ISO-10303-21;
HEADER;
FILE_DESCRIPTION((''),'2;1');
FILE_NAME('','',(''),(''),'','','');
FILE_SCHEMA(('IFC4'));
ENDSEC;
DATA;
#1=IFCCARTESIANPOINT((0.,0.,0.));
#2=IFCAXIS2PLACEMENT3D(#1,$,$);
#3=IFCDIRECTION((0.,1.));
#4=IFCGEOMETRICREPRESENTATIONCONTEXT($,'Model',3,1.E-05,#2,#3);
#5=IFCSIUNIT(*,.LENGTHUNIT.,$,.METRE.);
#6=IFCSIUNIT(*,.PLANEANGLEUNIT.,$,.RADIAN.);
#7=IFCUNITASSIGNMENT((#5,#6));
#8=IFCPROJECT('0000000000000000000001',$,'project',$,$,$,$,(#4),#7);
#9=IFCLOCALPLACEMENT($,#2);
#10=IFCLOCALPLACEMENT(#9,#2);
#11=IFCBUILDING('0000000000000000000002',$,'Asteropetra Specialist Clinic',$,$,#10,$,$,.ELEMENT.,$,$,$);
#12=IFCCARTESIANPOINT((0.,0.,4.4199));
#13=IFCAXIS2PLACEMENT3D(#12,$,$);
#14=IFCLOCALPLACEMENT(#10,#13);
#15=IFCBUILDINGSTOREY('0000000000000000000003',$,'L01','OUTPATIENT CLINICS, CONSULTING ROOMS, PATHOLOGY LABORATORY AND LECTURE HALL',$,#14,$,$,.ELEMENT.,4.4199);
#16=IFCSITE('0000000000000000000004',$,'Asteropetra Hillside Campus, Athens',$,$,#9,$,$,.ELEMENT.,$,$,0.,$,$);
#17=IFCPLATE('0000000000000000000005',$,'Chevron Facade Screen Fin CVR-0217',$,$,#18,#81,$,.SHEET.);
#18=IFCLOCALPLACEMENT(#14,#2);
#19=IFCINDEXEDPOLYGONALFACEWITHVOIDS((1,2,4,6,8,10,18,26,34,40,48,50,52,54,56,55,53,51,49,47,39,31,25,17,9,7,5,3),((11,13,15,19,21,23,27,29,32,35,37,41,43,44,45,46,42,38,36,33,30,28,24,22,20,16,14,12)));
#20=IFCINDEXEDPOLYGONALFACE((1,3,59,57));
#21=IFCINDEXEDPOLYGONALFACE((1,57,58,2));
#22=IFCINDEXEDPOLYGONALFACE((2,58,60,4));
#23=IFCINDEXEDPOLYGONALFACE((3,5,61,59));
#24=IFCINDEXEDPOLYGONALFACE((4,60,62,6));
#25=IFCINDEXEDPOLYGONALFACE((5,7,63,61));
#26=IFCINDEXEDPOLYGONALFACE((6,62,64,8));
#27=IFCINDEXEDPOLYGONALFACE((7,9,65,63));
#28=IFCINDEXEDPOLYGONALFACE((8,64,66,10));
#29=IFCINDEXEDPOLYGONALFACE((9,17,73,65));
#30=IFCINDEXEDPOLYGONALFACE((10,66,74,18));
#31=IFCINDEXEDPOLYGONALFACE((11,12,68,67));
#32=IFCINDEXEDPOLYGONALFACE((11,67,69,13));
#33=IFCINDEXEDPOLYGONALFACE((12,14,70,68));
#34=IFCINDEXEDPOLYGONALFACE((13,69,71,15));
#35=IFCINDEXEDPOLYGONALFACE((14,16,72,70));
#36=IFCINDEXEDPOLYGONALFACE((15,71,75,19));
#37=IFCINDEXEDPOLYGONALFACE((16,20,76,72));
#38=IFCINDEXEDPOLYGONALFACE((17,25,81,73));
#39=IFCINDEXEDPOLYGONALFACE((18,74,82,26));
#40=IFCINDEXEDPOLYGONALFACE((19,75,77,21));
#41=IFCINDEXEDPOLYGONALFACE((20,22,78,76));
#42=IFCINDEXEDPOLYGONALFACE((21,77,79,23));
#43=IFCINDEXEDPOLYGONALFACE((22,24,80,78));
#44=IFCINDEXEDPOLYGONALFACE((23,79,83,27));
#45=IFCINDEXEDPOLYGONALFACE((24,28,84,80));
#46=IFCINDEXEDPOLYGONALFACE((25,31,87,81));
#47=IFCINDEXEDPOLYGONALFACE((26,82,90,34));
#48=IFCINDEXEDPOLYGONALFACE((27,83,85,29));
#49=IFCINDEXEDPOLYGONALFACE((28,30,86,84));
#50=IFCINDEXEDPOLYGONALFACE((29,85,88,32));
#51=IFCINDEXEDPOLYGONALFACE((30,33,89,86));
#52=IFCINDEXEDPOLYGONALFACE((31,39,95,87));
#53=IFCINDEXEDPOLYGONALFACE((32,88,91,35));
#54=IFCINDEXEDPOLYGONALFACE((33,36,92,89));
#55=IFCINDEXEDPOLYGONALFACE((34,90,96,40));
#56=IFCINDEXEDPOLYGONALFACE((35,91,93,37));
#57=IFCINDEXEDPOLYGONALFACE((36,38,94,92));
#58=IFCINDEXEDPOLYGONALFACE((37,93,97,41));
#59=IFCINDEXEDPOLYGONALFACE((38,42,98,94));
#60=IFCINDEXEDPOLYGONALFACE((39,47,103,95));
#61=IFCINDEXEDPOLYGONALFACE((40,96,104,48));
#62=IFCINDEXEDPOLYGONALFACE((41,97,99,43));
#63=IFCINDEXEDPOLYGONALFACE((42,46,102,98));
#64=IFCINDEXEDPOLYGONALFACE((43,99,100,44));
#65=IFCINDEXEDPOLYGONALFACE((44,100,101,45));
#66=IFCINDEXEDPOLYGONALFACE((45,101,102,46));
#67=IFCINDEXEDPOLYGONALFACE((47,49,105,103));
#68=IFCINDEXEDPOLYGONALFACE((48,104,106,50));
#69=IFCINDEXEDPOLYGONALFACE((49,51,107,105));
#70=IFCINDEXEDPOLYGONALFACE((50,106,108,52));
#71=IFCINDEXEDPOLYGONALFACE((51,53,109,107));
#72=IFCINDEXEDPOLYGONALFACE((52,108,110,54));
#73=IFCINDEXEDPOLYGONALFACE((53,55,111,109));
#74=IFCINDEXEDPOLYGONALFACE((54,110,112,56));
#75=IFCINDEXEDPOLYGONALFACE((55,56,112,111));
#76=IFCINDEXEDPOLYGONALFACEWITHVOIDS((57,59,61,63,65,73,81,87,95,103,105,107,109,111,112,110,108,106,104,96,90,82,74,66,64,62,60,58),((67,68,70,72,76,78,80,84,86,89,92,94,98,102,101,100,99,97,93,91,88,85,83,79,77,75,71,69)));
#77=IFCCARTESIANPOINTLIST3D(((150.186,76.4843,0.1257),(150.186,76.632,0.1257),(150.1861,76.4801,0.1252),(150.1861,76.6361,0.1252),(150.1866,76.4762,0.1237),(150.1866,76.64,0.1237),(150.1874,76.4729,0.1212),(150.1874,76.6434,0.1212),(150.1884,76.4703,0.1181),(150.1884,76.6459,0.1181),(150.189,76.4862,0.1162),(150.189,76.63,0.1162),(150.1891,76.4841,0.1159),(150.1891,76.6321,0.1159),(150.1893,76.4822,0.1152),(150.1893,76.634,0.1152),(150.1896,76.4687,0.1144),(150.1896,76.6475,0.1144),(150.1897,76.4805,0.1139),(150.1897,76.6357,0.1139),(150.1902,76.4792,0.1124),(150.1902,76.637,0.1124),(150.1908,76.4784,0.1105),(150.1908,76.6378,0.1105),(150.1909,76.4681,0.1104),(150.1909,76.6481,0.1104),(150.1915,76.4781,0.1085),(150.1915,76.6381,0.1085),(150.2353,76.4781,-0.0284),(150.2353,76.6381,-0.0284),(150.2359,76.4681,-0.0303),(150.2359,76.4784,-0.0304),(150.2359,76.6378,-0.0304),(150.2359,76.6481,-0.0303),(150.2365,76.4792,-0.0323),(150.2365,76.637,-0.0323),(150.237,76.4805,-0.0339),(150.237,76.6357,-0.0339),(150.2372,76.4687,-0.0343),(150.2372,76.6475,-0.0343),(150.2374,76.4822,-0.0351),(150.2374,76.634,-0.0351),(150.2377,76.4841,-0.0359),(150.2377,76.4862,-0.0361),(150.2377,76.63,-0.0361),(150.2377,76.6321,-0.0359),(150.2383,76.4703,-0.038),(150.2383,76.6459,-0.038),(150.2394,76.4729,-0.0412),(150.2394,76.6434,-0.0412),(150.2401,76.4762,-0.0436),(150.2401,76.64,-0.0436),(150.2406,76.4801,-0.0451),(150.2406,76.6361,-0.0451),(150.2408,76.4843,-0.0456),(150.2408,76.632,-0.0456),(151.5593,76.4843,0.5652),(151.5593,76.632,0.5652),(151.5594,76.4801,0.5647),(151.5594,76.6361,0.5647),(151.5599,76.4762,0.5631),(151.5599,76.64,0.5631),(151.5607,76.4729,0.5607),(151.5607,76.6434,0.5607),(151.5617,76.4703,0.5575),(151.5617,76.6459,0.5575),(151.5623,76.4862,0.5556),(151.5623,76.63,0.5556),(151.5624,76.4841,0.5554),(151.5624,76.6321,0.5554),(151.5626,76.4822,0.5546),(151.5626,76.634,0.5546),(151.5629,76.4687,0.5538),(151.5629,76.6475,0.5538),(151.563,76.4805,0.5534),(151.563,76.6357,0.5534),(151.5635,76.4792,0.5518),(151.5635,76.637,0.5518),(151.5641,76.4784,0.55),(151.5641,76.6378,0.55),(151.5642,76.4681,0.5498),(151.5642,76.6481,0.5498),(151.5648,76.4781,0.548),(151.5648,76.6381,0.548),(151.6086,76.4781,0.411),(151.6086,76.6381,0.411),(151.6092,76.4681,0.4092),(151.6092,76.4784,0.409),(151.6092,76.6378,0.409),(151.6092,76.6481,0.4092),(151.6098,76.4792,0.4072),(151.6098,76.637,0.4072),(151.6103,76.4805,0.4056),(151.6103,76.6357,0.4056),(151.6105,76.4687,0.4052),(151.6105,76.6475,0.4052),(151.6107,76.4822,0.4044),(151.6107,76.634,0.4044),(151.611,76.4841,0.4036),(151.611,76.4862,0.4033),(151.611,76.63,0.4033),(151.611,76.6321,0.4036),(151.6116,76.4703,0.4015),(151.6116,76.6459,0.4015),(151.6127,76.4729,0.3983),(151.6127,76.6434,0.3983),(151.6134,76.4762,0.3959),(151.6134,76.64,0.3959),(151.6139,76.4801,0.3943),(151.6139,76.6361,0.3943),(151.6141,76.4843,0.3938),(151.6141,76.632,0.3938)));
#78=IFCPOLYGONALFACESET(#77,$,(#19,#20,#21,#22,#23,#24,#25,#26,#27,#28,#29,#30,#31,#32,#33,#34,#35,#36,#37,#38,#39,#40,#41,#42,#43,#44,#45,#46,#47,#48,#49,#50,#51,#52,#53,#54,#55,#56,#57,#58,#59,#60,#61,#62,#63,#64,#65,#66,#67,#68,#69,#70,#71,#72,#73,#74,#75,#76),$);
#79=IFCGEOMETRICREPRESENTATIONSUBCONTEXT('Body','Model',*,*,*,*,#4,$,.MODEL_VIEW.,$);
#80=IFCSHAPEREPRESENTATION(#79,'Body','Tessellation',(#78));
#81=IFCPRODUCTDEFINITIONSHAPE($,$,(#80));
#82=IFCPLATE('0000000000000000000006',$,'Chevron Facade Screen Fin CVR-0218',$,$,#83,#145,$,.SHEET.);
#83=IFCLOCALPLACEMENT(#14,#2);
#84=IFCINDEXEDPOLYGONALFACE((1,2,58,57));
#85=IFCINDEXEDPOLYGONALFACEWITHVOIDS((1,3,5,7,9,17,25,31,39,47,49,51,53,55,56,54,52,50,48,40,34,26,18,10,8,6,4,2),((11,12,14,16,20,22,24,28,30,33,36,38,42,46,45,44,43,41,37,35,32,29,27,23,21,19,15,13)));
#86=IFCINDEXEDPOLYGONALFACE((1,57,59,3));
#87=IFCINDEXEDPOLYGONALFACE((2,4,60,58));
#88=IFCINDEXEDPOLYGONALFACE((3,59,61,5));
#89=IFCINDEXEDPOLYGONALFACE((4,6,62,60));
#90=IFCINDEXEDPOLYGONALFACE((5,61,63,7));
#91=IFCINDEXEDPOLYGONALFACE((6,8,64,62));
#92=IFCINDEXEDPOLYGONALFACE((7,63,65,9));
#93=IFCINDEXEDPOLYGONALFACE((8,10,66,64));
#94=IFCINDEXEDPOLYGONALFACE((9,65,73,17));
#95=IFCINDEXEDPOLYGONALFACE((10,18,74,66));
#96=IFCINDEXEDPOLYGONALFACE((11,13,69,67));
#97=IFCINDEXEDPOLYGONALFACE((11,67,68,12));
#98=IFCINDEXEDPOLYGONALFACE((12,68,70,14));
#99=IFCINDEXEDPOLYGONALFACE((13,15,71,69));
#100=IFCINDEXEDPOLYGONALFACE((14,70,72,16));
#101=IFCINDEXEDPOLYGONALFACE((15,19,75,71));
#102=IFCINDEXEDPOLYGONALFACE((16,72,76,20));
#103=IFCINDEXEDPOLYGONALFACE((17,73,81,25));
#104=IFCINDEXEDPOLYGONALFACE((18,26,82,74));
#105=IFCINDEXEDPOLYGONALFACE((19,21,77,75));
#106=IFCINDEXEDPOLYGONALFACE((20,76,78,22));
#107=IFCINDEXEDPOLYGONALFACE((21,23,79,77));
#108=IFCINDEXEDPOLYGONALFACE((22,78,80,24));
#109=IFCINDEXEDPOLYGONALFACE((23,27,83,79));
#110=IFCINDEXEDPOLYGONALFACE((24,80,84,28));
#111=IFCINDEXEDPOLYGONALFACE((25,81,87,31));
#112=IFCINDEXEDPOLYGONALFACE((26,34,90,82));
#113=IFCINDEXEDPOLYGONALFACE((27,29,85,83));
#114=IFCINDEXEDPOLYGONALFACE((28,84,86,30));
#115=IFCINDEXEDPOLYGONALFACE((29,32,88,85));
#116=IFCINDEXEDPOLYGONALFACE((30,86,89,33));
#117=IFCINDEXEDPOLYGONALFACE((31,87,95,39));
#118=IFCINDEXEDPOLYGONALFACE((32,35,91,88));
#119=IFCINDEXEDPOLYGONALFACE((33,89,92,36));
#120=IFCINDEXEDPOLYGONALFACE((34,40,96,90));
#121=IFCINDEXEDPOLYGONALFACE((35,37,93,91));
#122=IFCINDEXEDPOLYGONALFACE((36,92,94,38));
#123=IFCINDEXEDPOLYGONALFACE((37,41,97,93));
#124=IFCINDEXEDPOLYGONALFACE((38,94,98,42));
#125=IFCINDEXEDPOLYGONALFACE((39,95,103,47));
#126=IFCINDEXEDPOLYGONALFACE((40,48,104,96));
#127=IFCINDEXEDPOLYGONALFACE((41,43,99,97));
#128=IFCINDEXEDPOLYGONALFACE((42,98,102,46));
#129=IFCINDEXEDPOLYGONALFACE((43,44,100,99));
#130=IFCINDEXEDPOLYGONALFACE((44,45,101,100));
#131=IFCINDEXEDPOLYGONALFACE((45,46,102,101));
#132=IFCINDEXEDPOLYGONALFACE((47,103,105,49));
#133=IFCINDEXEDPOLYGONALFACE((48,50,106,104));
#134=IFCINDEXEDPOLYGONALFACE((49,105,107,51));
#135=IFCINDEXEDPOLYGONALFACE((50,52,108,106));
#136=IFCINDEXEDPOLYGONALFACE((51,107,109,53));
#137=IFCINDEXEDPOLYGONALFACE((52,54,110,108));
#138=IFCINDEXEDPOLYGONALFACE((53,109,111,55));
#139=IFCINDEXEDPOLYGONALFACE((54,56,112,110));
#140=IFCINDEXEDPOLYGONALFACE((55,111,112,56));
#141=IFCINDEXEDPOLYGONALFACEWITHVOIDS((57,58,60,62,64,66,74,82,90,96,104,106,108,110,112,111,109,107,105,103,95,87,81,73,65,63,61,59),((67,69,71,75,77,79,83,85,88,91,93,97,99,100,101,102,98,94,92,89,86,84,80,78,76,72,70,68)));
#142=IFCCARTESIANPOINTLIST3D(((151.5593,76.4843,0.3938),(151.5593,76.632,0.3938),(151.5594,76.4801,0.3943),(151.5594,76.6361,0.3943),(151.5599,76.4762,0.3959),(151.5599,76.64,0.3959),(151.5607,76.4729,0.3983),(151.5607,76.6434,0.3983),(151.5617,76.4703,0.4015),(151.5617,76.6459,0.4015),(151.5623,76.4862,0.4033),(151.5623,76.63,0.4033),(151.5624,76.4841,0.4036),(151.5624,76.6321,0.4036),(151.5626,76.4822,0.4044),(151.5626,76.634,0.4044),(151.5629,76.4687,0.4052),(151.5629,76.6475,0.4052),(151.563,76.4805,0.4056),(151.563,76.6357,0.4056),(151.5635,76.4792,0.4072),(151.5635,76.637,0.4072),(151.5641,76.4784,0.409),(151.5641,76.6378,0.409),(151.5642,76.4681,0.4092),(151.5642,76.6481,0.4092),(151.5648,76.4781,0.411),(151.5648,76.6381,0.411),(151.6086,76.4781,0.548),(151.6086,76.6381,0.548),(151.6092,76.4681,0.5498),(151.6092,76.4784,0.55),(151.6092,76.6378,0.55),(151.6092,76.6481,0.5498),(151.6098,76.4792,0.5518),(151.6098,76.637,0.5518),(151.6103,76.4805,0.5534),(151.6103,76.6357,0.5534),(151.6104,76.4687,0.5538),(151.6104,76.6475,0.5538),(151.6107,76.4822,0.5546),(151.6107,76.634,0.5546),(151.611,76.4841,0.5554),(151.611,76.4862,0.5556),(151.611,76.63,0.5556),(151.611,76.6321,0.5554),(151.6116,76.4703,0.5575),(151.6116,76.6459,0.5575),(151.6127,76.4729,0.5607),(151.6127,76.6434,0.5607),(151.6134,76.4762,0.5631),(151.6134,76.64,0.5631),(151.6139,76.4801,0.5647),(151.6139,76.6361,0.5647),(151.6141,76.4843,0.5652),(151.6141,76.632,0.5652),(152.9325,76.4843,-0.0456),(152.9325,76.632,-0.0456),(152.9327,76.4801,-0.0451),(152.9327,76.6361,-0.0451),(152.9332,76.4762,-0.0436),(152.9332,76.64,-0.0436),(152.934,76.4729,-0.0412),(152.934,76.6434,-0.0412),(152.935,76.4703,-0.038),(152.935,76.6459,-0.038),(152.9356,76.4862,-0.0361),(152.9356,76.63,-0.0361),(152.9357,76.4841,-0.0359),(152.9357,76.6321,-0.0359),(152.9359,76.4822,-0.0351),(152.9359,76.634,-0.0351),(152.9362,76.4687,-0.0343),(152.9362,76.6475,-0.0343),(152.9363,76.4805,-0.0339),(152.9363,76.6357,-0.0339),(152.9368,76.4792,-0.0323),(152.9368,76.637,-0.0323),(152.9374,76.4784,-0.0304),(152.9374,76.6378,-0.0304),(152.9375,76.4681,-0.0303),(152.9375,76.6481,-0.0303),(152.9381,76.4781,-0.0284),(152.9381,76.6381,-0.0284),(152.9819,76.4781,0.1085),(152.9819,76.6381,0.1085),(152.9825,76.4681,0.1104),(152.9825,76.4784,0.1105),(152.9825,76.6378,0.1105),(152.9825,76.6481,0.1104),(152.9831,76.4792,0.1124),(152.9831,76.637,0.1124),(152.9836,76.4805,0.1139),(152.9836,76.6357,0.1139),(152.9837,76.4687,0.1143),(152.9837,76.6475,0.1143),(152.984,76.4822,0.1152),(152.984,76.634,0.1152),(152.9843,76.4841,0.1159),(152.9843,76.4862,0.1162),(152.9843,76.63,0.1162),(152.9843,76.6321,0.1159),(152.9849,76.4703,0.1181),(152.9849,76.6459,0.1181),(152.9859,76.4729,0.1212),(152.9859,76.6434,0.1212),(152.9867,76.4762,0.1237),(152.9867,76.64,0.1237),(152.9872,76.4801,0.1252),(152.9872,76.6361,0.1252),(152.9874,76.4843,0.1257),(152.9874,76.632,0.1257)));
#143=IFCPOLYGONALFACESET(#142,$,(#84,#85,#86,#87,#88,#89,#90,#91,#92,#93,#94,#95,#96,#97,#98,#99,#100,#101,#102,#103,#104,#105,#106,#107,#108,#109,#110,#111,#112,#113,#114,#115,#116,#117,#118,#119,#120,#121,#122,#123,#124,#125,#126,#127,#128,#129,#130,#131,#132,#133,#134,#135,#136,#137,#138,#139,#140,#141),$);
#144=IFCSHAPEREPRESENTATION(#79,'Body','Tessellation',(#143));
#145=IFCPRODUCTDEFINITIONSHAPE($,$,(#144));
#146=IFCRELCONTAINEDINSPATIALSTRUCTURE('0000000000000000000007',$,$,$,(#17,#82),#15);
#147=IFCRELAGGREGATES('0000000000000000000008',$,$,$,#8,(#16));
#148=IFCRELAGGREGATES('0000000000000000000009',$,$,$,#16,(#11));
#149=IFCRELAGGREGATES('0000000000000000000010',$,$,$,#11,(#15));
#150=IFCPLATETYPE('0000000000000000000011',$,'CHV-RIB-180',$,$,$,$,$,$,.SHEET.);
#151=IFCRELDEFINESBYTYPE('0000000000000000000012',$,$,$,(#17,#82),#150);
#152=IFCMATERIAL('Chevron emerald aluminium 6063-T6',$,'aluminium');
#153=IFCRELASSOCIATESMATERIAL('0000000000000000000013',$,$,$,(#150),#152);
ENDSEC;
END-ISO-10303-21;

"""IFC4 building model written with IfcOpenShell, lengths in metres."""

from ifc_helpers import new_model, si_unit, direction, frame, origin, origin_2d, place, context, subcontext, project, spatial, hollow_rectangle, extrude, material, material_profile, profile_set, type_object, element, save


model = new_model("IFC4")

# Units and contexts
model_context = context("Model", 3, precision=1e-05, world=origin(), true_north=direction((0.0, 1.0)))
body_context = subcontext(model_context, "Body", "Model", "MODEL_VIEW")
ifc_project = project(units=[si_unit("LENGTHUNIT", "METRE"), si_unit("PLANEANGLEUNIT", "RADIAN")], contexts=[model_context])

# Site, building, storey
site_placement = place(None, origin())
site = spatial("IfcSite", under=ifc_project, at=site_placement, Name="Asteropetra Hillside Campus, Athens", CompositionType="ELEMENT", RefElevation=0.0)
building_placement = place(site_placement, origin())
building = spatial("IfcBuilding", under=site, at=building_placement, Name="Asteropetra Specialist Clinic", CompositionType="ELEMENT")
storey_placement = place(building_placement, frame((0.0, 0.0, 4.4199)))
storey = spatial("IfcBuildingStorey", under=building, at=storey_placement, Name="L01", Description="OUTPATIENT CLINICS, CONSULTING ROOMS, PATHOLOGY LABORATORY AND LECTURE HALL", CompositionType="ELEMENT", Elevation=4.4199)

# Plates
ifc_material_1 = material(Name="Chevron emerald aluminium 6063-T6", Category="aluminium")
ifc_material_profile_1 = material_profile(ifc_material_1, hollow_rectangle(XDim=0.1799, YDim=0.1799, WallThickness=0.01, InnerFilletRadius=0.0081, OuterFilletRadius=0.0161, at=origin_2d()), Name="SHS 180x180x10.0")
ifc_profile_set_1 = profile_set([ifc_material_profile_1], Name="Chevron emerald aluminium 6063-T6")
plate_type = type_object("IfcPlateType", Name="CHV-RIB-180", PredefinedType="SHEET", material=ifc_profile_set_1)
for number, where, z_axis, x_axis, name in (
    (1, (150.2134, 76.5581, 0.04), (0.952424, 0.0, 0.304776), (0.0, 1.0, 0.0), "Chevron Facade Screen Fin CVR-0217"),
    (2, (151.5867, 76.5581, 0.4795), (0.952424, 0.0, -0.304776), (0.0, 1.0, 0.0), "Chevron Facade Screen Fin CVR-0218"),
):
    element("IfcPlate", number, at=place(storey_placement, frame(where, z_axis=z_axis, x_axis=x_axis)), inside=storey, type_object=plate_type, Name=name, PredefinedType="SHEET", context=body_context, shape_type="SweptSolid", body=[
        extrude(hollow_rectangle(XDim=0.1799, YDim=0.1799, WallThickness=0.01, InnerFilletRadius=0.0081, OuterFilletRadius=0.0161, at=origin_2d()), origin(), (0.0, 0.0, 1.0), 1.4419),
    ])

save(model, "model.ifc")
